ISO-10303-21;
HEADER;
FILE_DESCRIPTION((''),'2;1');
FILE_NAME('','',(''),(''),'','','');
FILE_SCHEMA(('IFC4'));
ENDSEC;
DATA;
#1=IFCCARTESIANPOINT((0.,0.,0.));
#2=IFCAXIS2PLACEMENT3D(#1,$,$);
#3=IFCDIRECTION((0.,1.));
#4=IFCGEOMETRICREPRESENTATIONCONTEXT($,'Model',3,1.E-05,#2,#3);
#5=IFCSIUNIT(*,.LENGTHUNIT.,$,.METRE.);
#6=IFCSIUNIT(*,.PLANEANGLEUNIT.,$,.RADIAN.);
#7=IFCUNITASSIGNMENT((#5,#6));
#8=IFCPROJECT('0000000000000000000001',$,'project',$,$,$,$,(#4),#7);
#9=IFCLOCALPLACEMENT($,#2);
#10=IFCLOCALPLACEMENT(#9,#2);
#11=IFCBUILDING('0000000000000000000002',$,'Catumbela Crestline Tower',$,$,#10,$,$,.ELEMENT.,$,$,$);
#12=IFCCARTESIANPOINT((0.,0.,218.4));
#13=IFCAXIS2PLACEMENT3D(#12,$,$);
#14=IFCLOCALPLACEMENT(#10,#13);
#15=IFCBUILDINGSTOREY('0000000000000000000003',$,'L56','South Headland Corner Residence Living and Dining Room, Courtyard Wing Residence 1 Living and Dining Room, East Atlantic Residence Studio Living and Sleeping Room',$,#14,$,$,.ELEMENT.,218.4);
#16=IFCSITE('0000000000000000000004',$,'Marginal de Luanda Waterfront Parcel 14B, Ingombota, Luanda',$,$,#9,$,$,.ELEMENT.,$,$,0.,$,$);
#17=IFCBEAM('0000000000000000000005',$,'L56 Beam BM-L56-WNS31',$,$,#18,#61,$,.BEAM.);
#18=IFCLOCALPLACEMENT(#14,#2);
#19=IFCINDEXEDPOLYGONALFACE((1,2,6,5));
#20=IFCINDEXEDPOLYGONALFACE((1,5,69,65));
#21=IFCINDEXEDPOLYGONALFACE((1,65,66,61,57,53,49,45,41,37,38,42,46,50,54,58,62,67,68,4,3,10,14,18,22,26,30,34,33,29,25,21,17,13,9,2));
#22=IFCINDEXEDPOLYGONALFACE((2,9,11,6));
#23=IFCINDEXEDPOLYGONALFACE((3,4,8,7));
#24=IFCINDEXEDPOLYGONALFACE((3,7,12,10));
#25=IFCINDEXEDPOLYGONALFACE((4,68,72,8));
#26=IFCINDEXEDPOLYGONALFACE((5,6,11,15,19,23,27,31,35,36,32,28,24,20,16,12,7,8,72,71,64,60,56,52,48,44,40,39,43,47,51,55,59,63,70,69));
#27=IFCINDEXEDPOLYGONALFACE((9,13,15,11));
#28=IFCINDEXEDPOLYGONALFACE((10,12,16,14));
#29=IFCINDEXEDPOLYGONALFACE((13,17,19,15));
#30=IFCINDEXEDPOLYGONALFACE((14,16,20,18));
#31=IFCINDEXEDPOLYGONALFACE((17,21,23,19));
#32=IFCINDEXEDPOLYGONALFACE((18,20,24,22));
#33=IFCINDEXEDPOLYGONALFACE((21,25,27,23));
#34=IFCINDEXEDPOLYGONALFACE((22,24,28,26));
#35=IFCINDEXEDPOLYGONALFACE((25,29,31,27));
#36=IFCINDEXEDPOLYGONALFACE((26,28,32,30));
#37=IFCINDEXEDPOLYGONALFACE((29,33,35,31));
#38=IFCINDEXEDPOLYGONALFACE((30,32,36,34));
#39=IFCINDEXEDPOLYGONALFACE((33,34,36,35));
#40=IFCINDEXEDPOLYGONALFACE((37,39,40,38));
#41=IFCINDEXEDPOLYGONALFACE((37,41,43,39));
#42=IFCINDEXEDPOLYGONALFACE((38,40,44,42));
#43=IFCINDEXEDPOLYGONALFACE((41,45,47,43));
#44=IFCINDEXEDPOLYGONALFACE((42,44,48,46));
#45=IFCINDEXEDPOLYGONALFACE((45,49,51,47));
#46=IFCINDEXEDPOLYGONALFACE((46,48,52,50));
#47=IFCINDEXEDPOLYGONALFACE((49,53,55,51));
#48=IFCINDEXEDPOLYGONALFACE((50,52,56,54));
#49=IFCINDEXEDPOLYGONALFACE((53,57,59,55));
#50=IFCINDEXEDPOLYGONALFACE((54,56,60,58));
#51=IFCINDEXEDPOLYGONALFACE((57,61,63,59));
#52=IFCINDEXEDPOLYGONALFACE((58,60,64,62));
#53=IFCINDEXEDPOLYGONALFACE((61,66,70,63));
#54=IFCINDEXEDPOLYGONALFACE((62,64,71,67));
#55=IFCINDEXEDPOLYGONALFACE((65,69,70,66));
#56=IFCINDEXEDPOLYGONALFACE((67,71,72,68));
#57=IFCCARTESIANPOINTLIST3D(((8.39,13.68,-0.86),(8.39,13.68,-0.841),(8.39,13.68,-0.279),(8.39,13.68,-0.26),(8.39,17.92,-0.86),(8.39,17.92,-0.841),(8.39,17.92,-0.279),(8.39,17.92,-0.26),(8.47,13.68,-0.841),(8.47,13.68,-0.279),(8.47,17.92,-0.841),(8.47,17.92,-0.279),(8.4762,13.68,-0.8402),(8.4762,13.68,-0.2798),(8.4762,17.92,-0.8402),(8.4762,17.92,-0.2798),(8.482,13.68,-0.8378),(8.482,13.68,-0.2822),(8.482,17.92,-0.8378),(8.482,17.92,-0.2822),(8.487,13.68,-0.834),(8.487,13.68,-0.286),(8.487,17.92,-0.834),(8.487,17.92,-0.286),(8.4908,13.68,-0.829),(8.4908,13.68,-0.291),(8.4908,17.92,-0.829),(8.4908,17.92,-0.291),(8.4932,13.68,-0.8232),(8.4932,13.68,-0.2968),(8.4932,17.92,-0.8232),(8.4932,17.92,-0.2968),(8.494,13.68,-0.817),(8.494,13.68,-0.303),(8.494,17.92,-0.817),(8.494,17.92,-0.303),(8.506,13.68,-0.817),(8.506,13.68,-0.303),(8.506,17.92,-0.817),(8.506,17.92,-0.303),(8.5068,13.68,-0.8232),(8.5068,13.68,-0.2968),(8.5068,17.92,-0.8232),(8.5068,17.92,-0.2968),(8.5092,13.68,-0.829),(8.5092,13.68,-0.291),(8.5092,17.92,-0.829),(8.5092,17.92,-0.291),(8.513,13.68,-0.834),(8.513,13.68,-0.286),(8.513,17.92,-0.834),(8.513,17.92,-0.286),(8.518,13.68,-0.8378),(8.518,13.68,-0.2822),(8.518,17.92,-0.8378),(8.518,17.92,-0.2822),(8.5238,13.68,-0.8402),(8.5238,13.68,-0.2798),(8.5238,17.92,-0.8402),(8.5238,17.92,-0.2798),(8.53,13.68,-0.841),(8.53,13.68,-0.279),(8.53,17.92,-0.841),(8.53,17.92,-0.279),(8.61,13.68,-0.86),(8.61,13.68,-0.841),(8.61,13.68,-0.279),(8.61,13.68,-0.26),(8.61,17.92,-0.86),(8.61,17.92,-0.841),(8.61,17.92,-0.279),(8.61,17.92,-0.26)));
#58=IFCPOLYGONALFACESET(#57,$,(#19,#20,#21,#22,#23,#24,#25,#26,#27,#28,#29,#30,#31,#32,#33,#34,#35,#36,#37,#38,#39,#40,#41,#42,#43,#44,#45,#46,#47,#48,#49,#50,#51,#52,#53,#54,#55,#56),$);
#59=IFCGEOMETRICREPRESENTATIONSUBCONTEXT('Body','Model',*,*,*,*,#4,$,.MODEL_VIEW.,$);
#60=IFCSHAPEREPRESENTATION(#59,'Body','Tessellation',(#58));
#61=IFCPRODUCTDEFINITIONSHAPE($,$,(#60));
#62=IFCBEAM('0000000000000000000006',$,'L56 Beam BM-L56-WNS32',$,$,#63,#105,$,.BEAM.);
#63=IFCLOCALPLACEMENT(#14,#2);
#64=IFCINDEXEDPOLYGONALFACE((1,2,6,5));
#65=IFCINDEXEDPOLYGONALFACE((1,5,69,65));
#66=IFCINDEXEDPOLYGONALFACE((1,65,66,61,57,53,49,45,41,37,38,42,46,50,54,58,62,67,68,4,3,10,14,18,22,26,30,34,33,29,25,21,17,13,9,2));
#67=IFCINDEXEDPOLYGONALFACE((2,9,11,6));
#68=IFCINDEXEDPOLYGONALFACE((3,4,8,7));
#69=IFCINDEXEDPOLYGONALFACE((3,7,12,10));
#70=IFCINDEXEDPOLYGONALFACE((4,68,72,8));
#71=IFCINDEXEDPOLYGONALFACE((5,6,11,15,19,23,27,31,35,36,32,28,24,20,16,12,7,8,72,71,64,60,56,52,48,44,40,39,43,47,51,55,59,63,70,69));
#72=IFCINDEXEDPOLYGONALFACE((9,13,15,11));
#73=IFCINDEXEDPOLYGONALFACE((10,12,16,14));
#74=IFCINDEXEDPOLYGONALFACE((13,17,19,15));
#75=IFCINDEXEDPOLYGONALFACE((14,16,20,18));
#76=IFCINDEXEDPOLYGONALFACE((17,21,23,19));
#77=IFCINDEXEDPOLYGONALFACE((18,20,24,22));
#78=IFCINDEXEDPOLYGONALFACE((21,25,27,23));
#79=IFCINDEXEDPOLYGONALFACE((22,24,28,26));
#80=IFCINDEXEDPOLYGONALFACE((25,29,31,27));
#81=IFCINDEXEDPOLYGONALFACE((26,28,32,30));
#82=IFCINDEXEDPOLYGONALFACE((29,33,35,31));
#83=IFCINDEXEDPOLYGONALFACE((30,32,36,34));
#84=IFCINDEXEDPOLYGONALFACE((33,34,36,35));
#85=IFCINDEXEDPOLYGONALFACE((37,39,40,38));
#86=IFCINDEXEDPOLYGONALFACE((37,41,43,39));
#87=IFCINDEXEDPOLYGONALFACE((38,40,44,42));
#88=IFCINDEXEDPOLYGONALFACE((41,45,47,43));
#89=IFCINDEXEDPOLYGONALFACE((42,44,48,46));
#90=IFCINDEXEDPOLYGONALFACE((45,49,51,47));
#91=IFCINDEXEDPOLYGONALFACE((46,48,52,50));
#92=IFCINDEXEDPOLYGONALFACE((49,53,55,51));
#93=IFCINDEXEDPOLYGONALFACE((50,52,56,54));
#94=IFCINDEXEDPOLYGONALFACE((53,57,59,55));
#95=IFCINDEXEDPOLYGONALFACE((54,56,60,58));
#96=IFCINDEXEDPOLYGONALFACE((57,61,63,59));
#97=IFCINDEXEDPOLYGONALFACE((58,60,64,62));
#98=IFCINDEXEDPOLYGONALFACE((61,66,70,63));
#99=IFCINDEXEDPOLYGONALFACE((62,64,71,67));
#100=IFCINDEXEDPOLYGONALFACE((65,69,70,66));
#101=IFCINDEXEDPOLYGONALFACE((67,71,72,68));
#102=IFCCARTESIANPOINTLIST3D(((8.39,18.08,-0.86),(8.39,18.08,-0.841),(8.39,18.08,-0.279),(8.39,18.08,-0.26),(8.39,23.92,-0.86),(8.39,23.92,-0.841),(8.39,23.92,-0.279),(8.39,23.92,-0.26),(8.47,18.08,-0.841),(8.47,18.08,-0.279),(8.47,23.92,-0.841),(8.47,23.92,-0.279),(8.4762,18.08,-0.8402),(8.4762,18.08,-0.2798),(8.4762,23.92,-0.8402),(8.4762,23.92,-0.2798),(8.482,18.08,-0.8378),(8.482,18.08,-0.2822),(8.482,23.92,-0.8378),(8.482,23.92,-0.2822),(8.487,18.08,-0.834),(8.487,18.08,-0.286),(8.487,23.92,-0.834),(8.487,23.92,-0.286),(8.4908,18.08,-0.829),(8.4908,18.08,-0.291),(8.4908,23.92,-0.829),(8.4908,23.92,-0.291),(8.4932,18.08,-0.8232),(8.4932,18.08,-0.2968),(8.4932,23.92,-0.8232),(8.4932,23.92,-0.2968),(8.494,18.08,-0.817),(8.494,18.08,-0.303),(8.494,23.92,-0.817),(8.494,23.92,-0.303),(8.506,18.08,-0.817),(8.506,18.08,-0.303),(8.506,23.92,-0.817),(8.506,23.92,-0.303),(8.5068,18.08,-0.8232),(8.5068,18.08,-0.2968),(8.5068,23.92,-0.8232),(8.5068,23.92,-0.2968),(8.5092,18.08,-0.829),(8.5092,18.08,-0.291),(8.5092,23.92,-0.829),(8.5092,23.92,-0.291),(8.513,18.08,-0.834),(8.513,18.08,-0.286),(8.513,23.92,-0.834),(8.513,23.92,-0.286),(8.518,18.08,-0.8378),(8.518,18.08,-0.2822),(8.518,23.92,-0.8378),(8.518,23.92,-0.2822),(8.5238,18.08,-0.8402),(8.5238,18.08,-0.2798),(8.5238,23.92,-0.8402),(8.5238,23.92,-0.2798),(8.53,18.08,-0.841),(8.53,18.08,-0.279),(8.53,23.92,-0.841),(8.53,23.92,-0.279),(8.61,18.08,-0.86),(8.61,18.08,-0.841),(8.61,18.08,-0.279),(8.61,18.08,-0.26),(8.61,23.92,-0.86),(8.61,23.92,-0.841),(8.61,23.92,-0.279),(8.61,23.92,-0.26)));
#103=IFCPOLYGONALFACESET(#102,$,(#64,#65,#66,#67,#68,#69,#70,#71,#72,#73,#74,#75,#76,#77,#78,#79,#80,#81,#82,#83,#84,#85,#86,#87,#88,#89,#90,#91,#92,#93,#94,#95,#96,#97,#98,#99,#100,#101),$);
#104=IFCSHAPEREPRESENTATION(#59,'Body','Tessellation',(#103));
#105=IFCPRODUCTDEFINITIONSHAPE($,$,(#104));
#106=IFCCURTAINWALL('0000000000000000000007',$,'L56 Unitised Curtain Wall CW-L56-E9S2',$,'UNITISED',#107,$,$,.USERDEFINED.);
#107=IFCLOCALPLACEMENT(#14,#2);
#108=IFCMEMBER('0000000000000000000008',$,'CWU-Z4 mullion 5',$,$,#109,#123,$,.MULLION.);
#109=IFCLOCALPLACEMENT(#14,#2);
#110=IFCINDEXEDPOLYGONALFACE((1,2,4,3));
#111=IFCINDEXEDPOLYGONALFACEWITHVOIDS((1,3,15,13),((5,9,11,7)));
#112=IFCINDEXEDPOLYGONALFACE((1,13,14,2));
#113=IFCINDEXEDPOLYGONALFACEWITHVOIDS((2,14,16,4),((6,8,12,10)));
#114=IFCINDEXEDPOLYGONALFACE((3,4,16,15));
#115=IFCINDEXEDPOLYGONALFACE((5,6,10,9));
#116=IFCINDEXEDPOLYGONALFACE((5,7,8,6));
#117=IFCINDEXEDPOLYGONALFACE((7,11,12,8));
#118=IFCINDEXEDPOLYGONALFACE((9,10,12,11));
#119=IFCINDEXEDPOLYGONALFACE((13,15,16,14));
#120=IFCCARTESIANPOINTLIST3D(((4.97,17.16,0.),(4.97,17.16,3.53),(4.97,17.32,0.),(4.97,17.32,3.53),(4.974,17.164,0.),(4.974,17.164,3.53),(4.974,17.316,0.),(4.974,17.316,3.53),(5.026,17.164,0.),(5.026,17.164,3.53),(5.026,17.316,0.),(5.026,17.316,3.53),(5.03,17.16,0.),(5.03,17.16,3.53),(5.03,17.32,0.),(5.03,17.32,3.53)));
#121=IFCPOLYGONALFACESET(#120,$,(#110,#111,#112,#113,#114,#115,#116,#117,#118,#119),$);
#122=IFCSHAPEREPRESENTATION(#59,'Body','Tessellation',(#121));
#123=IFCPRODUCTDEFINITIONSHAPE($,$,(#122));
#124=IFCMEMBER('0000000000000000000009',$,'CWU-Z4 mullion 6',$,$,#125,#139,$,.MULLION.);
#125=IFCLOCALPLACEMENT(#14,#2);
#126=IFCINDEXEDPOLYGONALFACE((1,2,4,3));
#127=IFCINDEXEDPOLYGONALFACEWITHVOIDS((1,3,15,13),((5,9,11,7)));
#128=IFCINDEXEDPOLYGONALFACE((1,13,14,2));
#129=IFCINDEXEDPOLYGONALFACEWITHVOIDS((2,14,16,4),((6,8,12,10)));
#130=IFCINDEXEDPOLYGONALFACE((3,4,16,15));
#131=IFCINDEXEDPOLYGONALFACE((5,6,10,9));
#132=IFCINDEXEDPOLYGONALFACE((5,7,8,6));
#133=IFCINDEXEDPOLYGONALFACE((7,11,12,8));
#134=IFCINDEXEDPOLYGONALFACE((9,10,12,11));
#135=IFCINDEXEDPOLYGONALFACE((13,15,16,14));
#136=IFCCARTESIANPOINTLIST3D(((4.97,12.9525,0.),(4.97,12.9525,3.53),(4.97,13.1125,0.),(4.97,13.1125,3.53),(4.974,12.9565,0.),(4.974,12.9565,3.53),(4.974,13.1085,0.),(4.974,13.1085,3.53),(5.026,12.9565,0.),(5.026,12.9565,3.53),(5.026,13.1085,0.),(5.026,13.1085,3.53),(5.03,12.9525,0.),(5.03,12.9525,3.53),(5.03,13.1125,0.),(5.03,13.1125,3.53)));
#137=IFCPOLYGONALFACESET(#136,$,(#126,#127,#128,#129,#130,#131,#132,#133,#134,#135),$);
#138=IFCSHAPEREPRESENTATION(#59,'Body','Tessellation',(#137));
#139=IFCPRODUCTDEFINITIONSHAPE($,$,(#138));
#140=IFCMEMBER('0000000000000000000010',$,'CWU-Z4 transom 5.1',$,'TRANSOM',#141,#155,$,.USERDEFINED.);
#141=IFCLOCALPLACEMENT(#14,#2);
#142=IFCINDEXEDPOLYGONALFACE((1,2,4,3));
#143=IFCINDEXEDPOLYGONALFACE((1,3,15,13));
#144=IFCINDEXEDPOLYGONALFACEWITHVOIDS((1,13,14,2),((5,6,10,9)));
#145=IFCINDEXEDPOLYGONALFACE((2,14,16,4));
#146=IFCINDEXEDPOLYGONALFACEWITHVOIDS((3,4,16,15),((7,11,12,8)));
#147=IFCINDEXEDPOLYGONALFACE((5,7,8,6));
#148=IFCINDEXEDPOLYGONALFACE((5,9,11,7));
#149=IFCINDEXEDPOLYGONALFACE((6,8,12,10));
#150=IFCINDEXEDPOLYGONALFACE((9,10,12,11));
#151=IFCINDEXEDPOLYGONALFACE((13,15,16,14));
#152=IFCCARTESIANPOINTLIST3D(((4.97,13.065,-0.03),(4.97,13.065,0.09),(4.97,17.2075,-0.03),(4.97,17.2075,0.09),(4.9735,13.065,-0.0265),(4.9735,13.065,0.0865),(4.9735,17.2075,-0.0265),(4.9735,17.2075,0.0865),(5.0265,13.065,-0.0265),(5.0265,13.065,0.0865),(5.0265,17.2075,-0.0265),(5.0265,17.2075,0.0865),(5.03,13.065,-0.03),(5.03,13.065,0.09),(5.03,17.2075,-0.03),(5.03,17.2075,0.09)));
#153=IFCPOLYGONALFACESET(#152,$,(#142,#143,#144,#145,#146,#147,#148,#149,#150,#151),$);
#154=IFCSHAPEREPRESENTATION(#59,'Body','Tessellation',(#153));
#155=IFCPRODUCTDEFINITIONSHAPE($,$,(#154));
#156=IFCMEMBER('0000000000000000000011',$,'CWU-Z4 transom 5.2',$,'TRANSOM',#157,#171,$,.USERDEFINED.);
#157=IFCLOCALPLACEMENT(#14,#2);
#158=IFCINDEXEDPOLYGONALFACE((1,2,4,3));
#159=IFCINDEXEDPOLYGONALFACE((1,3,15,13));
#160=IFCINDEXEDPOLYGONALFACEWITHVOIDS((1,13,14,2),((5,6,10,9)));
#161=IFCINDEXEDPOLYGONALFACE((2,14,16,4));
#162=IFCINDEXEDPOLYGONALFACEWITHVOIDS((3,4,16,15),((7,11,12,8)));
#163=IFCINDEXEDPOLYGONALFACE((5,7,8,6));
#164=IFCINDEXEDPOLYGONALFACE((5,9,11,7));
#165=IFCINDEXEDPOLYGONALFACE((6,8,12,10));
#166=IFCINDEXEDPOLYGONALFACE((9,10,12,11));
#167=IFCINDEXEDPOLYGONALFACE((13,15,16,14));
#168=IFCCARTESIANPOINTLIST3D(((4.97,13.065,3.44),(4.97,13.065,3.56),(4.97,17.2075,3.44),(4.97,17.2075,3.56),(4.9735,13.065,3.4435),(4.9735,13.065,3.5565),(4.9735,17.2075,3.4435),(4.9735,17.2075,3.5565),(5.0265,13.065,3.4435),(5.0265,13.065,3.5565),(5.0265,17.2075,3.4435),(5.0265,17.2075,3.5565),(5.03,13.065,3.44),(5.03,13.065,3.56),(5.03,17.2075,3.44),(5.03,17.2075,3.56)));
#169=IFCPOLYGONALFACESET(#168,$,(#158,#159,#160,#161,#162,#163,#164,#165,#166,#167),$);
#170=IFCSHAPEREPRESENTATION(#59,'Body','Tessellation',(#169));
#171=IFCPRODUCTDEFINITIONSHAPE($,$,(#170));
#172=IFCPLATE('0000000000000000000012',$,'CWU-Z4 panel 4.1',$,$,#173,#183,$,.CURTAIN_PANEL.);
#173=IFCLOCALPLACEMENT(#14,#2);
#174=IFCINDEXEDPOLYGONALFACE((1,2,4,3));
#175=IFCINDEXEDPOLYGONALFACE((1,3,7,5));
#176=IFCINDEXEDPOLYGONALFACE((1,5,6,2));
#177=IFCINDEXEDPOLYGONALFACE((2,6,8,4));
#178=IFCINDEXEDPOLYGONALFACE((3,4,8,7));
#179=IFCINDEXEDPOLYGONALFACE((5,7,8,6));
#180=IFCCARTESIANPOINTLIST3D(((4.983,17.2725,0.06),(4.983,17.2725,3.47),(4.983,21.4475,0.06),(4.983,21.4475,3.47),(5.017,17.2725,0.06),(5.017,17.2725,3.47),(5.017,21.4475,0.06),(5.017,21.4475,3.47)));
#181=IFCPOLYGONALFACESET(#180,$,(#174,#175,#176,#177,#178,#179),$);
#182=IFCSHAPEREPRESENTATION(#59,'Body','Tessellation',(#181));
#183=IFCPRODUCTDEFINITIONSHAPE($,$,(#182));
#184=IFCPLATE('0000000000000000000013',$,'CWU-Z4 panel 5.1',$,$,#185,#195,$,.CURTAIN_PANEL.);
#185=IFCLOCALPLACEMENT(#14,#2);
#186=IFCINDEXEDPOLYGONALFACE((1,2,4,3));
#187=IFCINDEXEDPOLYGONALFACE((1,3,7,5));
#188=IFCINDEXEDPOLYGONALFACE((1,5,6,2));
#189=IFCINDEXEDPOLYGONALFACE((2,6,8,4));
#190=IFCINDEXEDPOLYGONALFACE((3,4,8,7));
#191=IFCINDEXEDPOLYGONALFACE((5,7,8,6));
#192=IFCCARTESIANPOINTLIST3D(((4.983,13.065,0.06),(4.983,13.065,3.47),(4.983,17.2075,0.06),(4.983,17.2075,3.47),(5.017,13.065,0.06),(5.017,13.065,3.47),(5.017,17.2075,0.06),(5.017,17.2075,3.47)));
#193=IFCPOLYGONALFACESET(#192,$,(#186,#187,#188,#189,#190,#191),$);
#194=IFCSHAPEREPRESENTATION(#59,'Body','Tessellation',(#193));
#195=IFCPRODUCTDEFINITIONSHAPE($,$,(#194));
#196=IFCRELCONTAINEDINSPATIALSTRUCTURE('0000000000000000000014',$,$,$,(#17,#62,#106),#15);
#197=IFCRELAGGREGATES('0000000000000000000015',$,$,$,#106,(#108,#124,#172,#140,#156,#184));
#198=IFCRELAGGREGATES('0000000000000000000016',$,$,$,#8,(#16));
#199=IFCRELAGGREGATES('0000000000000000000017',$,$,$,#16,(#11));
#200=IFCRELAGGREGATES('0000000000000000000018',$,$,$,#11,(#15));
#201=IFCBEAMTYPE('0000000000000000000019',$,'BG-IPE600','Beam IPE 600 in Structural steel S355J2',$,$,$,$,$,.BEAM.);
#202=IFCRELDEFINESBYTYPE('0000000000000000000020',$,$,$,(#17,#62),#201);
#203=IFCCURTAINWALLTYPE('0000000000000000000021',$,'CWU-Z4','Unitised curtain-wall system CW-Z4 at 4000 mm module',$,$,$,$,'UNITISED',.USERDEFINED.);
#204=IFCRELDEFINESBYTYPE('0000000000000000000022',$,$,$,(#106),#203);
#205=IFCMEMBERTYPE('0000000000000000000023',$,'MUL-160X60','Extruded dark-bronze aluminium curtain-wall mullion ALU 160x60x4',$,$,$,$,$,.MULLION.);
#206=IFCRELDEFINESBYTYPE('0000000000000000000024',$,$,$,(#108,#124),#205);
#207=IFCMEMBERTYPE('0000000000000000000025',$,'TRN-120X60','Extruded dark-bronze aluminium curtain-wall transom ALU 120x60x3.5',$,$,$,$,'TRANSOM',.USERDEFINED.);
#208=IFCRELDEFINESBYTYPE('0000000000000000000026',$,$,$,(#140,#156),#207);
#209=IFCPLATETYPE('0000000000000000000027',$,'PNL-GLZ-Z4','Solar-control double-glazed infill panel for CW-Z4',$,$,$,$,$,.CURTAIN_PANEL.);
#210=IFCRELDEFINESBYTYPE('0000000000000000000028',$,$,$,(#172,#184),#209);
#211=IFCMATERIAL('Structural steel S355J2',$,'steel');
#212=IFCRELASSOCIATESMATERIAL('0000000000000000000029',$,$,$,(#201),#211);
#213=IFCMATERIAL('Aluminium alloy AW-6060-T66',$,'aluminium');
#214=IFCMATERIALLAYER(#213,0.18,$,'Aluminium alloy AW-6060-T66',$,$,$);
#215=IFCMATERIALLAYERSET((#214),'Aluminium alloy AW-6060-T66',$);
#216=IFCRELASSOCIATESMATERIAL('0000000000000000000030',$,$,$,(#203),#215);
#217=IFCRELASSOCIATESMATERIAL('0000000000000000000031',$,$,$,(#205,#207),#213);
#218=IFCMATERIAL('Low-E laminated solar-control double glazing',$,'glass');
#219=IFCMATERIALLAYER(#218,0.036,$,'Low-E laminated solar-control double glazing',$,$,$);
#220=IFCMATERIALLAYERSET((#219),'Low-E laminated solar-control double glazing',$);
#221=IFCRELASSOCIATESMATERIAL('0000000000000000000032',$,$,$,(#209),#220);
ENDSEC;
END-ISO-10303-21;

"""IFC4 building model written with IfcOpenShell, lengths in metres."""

from ifc_helpers import new_model, si_unit, direction, frame, origin, origin_2d, place, context, subcontext, project, spatial, rectangle, hollow_rectangle, i_section, extrude, material, layer, layer_set, material_profile, profile_set, type_object, element, aggregate, save


model = new_model("IFC4")

# Units and contexts
model_context = context("Model", 3, precision=1e-05, world=origin(), true_north=direction((0.0, 1.0)))
body_context = subcontext(model_context, "Body", "Model", "MODEL_VIEW")
ifc_project = project(units=[si_unit("LENGTHUNIT", "METRE"), si_unit("PLANEANGLEUNIT", "RADIAN")], contexts=[model_context])

# Site, building, storey
site_placement = place(None, origin())
site = spatial("IfcSite", under=ifc_project, at=site_placement, Name="Marginal de Luanda Waterfront Parcel 14B, Ingombota, Luanda", CompositionType="ELEMENT", RefElevation=0.0)
building_placement = place(site_placement, origin())
building = spatial("IfcBuilding", under=site, at=building_placement, Name="Catumbela Crestline Tower", CompositionType="ELEMENT")
storey_placement = place(building_placement, frame((0.0, 0.0, 218.4)))
storey = spatial("IfcBuildingStorey", under=building, at=storey_placement, Name="L56", Description="South Headland Corner Residence Living and Dining Room, Courtyard Wing Residence 1 Living and Dining Room, East Atlantic Residence Studio Living and Sleeping Room", CompositionType="ELEMENT", Elevation=218.4)

# Shared definitions
ifc_material_1 = material(Name="Structural steel S355J2", Category="steel")

# Beams
ifc_material_profile_1 = material_profile(ifc_material_1, i_section(OverallWidth=0.22, OverallDepth=0.6, WebThickness=0.012, FlangeThickness=0.019, FilletRadius=0.024, at=origin_2d()), Name="IPE 600")
ifc_profile_set_1 = profile_set([ifc_material_profile_1], Name="Structural steel S355J2")
beam_type = type_object("IfcBeamType", Name="BG-IPE600", Description="Beam IPE 600 in Structural steel S355J2", PredefinedType="BEAM", material=ifc_profile_set_1)
beam_1_placement = place(storey_placement, frame((8.5, 13.68, -0.56), z_axis=(0.0, 1.0, 0.0), x_axis=(-1.0, 0.0, 0.0)))
element("IfcBeam", 1, at=beam_1_placement, inside=storey, type_object=beam_type, Name="L56 Beam BM-L56-WNS31", PredefinedType="BEAM", context=body_context, shape_type="SweptSolid", body=[
    extrude(i_section(OverallWidth=0.22, OverallDepth=0.6, WebThickness=0.012, FlangeThickness=0.019, FilletRadius=0.024, at=origin_2d()), origin(), (0.0, 0.0, 1.0), 4.24),
])
beam_2_placement = place(storey_placement, frame((8.5, 18.08, -0.56), z_axis=(0.0, 1.0, 0.0), x_axis=(-1.0, 0.0, 0.0)))
element("IfcBeam", 2, at=beam_2_placement, inside=storey, type_object=beam_type, Name="L56 Beam BM-L56-WNS32", PredefinedType="BEAM", context=body_context, shape_type="SweptSolid", body=[
    extrude(i_section(OverallWidth=0.22, OverallDepth=0.6, WebThickness=0.012, FlangeThickness=0.019, FilletRadius=0.024, at=origin_2d()), origin(), (0.0, 0.0, 1.0), 5.84),
])

# Curtain wall, members, plates
ifc_material_2 = material(Name="Aluminium alloy AW-6060-T66", Category="aluminium")
ifc_layer_1 = layer(ifc_material_2, 0.18, Name="Aluminium alloy AW-6060-T66")
ifc_layer_set_1 = layer_set([ifc_layer_1], Name="Aluminium alloy AW-6060-T66")
curtain_wall_type = type_object("IfcCurtainWallType", Name="CWU-Z4", Description="Unitised curtain-wall system CW-Z4 at 4000 mm module", ElementType="UNITISED", PredefinedType="USERDEFINED", material=ifc_layer_set_1)
curtain_wall_placement = place(storey_placement, origin())
curtain_wall = element("IfcCurtainWall", 3, at=curtain_wall_placement, inside=storey, type_object=curtain_wall_type, Name="L56 Unitised Curtain Wall CW-L56-E9S2", ObjectType="UNITISED", PredefinedType="USERDEFINED")
ifc_material_profile_2 = material_profile(ifc_material_2, hollow_rectangle(XDim=0.06, YDim=0.16, WallThickness=0.004, at=origin_2d()), Name="ALU 160x60x4")
ifc_profile_set_2 = profile_set([ifc_material_profile_2], Name="Aluminium alloy AW-6060-T66")
member_type_1 = type_object("IfcMemberType", Name="MUL-160X60", Description="Extruded dark-bronze aluminium curtain-wall mullion ALU 160x60x4", PredefinedType="MULLION", material=ifc_profile_set_2)
member_1_placement = place(storey_placement, frame((5.0, 17.24, 0.0), z_axis=(0.0, 0.0, 1.0), x_axis=(1.0, 0.0, 0.0)))
member_1 = element("IfcMember", 4, at=member_1_placement, type_object=member_type_1, Name="CWU-Z4 mullion 5", PredefinedType="MULLION", context=body_context, shape_type="SweptSolid", body=[
    extrude(hollow_rectangle(XDim=0.06, YDim=0.16, WallThickness=0.004, at=origin_2d()), origin(), (0.0, 0.0, 1.0), 3.53),
])
member_2_placement = place(storey_placement, frame((5.0, 13.0325, 0.0), z_axis=(0.0, 0.0, 1.0), x_axis=(1.0, 0.0, 0.0)))
member_2 = element("IfcMember", 5, at=member_2_placement, type_object=member_type_1, Name="CWU-Z4 mullion 6", PredefinedType="MULLION", context=body_context, shape_type="SweptSolid", body=[
    extrude(hollow_rectangle(XDim=0.06, YDim=0.16, WallThickness=0.004, at=origin_2d()), origin(), (0.0, 0.0, 1.0), 3.53),
])
ifc_material_profile_3 = material_profile(ifc_material_2, hollow_rectangle(XDim=0.06, YDim=0.12, WallThickness=0.0035, at=origin_2d()), Name="ALU 120x60x3.5")
ifc_profile_set_3 = profile_set([ifc_material_profile_3], Name="Aluminium alloy AW-6060-T66")
member_type_2 = type_object("IfcMemberType", Name="TRN-120X60", Description="Extruded dark-bronze aluminium curtain-wall transom ALU 120x60x3.5", ElementType="TRANSOM", PredefinedType="USERDEFINED", material=ifc_profile_set_3)
member_3_placement = place(storey_placement, frame((5.0, 17.2075, 0.03), z_axis=(0.0, -1.0, 0.0), x_axis=(1.0, 0.0, 0.0)))
member_3 = element("IfcMember", 6, at=member_3_placement, type_object=member_type_2, Name="CWU-Z4 transom 5.1", ObjectType="TRANSOM", PredefinedType="USERDEFINED", context=body_context, shape_type="SweptSolid", body=[
    extrude(hollow_rectangle(XDim=0.06, YDim=0.12, WallThickness=0.0035, at=origin_2d()), origin(), (0.0, 0.0, 1.0), 4.1425),
])
member_4_placement = place(storey_placement, frame((5.0, 17.2075, 3.5), z_axis=(0.0, -1.0, 0.0), x_axis=(1.0, 0.0, 0.0)))
member_4 = element("IfcMember", 7, at=member_4_placement, type_object=member_type_2, Name="CWU-Z4 transom 5.2", ObjectType="TRANSOM", PredefinedType="USERDEFINED", context=body_context, shape_type="SweptSolid", body=[
    extrude(hollow_rectangle(XDim=0.06, YDim=0.12, WallThickness=0.0035, at=origin_2d()), origin(), (0.0, 0.0, 1.0), 4.1425),
])
ifc_material_3 = material(Name="Low-E laminated solar-control double glazing", Category="glass")
ifc_layer_2 = layer(ifc_material_3, 0.036, Name="Low-E laminated solar-control double glazing")
ifc_layer_set_2 = layer_set([ifc_layer_2], Name="Low-E laminated solar-control double glazing")
plate_type = type_object("IfcPlateType", Name="PNL-GLZ-Z4", Description="Solar-control double-glazed infill panel for CW-Z4", PredefinedType="CURTAIN_PANEL", material=ifc_layer_set_2)
plate_1_placement = place(storey_placement, frame((5.0, 19.36, 0.06), z_axis=(0.0, 0.0, 1.0), x_axis=(0.0, -1.0, 0.0)))
plate_1 = element("IfcPlate", 8, at=plate_1_placement, type_object=plate_type, Name="CWU-Z4 panel 4.1", PredefinedType="CURTAIN_PANEL", context=body_context, shape_type="SweptSolid", body=[
    extrude(rectangle(XDim=4.175, YDim=0.034, at=origin_2d()), origin(), (0.0, 0.0, 1.0), 3.41),
])
plate_2_placement = place(storey_placement, frame((5.0, 15.1362, 0.06), z_axis=(0.0, 0.0, 1.0), x_axis=(0.0, -1.0, 0.0)))
plate_2 = element("IfcPlate", 9, at=plate_2_placement, type_object=plate_type, Name="CWU-Z4 panel 5.1", PredefinedType="CURTAIN_PANEL", context=body_context, shape_type="SweptSolid", body=[
    extrude(rectangle(XDim=4.1425, YDim=0.034, at=origin_2d()), origin(), (0.0, 0.0, 1.0), 3.41),
])
aggregate(curtain_wall, [member_1, member_2, plate_1, member_3, member_4, plate_2])

save(model, "model.ifc")
